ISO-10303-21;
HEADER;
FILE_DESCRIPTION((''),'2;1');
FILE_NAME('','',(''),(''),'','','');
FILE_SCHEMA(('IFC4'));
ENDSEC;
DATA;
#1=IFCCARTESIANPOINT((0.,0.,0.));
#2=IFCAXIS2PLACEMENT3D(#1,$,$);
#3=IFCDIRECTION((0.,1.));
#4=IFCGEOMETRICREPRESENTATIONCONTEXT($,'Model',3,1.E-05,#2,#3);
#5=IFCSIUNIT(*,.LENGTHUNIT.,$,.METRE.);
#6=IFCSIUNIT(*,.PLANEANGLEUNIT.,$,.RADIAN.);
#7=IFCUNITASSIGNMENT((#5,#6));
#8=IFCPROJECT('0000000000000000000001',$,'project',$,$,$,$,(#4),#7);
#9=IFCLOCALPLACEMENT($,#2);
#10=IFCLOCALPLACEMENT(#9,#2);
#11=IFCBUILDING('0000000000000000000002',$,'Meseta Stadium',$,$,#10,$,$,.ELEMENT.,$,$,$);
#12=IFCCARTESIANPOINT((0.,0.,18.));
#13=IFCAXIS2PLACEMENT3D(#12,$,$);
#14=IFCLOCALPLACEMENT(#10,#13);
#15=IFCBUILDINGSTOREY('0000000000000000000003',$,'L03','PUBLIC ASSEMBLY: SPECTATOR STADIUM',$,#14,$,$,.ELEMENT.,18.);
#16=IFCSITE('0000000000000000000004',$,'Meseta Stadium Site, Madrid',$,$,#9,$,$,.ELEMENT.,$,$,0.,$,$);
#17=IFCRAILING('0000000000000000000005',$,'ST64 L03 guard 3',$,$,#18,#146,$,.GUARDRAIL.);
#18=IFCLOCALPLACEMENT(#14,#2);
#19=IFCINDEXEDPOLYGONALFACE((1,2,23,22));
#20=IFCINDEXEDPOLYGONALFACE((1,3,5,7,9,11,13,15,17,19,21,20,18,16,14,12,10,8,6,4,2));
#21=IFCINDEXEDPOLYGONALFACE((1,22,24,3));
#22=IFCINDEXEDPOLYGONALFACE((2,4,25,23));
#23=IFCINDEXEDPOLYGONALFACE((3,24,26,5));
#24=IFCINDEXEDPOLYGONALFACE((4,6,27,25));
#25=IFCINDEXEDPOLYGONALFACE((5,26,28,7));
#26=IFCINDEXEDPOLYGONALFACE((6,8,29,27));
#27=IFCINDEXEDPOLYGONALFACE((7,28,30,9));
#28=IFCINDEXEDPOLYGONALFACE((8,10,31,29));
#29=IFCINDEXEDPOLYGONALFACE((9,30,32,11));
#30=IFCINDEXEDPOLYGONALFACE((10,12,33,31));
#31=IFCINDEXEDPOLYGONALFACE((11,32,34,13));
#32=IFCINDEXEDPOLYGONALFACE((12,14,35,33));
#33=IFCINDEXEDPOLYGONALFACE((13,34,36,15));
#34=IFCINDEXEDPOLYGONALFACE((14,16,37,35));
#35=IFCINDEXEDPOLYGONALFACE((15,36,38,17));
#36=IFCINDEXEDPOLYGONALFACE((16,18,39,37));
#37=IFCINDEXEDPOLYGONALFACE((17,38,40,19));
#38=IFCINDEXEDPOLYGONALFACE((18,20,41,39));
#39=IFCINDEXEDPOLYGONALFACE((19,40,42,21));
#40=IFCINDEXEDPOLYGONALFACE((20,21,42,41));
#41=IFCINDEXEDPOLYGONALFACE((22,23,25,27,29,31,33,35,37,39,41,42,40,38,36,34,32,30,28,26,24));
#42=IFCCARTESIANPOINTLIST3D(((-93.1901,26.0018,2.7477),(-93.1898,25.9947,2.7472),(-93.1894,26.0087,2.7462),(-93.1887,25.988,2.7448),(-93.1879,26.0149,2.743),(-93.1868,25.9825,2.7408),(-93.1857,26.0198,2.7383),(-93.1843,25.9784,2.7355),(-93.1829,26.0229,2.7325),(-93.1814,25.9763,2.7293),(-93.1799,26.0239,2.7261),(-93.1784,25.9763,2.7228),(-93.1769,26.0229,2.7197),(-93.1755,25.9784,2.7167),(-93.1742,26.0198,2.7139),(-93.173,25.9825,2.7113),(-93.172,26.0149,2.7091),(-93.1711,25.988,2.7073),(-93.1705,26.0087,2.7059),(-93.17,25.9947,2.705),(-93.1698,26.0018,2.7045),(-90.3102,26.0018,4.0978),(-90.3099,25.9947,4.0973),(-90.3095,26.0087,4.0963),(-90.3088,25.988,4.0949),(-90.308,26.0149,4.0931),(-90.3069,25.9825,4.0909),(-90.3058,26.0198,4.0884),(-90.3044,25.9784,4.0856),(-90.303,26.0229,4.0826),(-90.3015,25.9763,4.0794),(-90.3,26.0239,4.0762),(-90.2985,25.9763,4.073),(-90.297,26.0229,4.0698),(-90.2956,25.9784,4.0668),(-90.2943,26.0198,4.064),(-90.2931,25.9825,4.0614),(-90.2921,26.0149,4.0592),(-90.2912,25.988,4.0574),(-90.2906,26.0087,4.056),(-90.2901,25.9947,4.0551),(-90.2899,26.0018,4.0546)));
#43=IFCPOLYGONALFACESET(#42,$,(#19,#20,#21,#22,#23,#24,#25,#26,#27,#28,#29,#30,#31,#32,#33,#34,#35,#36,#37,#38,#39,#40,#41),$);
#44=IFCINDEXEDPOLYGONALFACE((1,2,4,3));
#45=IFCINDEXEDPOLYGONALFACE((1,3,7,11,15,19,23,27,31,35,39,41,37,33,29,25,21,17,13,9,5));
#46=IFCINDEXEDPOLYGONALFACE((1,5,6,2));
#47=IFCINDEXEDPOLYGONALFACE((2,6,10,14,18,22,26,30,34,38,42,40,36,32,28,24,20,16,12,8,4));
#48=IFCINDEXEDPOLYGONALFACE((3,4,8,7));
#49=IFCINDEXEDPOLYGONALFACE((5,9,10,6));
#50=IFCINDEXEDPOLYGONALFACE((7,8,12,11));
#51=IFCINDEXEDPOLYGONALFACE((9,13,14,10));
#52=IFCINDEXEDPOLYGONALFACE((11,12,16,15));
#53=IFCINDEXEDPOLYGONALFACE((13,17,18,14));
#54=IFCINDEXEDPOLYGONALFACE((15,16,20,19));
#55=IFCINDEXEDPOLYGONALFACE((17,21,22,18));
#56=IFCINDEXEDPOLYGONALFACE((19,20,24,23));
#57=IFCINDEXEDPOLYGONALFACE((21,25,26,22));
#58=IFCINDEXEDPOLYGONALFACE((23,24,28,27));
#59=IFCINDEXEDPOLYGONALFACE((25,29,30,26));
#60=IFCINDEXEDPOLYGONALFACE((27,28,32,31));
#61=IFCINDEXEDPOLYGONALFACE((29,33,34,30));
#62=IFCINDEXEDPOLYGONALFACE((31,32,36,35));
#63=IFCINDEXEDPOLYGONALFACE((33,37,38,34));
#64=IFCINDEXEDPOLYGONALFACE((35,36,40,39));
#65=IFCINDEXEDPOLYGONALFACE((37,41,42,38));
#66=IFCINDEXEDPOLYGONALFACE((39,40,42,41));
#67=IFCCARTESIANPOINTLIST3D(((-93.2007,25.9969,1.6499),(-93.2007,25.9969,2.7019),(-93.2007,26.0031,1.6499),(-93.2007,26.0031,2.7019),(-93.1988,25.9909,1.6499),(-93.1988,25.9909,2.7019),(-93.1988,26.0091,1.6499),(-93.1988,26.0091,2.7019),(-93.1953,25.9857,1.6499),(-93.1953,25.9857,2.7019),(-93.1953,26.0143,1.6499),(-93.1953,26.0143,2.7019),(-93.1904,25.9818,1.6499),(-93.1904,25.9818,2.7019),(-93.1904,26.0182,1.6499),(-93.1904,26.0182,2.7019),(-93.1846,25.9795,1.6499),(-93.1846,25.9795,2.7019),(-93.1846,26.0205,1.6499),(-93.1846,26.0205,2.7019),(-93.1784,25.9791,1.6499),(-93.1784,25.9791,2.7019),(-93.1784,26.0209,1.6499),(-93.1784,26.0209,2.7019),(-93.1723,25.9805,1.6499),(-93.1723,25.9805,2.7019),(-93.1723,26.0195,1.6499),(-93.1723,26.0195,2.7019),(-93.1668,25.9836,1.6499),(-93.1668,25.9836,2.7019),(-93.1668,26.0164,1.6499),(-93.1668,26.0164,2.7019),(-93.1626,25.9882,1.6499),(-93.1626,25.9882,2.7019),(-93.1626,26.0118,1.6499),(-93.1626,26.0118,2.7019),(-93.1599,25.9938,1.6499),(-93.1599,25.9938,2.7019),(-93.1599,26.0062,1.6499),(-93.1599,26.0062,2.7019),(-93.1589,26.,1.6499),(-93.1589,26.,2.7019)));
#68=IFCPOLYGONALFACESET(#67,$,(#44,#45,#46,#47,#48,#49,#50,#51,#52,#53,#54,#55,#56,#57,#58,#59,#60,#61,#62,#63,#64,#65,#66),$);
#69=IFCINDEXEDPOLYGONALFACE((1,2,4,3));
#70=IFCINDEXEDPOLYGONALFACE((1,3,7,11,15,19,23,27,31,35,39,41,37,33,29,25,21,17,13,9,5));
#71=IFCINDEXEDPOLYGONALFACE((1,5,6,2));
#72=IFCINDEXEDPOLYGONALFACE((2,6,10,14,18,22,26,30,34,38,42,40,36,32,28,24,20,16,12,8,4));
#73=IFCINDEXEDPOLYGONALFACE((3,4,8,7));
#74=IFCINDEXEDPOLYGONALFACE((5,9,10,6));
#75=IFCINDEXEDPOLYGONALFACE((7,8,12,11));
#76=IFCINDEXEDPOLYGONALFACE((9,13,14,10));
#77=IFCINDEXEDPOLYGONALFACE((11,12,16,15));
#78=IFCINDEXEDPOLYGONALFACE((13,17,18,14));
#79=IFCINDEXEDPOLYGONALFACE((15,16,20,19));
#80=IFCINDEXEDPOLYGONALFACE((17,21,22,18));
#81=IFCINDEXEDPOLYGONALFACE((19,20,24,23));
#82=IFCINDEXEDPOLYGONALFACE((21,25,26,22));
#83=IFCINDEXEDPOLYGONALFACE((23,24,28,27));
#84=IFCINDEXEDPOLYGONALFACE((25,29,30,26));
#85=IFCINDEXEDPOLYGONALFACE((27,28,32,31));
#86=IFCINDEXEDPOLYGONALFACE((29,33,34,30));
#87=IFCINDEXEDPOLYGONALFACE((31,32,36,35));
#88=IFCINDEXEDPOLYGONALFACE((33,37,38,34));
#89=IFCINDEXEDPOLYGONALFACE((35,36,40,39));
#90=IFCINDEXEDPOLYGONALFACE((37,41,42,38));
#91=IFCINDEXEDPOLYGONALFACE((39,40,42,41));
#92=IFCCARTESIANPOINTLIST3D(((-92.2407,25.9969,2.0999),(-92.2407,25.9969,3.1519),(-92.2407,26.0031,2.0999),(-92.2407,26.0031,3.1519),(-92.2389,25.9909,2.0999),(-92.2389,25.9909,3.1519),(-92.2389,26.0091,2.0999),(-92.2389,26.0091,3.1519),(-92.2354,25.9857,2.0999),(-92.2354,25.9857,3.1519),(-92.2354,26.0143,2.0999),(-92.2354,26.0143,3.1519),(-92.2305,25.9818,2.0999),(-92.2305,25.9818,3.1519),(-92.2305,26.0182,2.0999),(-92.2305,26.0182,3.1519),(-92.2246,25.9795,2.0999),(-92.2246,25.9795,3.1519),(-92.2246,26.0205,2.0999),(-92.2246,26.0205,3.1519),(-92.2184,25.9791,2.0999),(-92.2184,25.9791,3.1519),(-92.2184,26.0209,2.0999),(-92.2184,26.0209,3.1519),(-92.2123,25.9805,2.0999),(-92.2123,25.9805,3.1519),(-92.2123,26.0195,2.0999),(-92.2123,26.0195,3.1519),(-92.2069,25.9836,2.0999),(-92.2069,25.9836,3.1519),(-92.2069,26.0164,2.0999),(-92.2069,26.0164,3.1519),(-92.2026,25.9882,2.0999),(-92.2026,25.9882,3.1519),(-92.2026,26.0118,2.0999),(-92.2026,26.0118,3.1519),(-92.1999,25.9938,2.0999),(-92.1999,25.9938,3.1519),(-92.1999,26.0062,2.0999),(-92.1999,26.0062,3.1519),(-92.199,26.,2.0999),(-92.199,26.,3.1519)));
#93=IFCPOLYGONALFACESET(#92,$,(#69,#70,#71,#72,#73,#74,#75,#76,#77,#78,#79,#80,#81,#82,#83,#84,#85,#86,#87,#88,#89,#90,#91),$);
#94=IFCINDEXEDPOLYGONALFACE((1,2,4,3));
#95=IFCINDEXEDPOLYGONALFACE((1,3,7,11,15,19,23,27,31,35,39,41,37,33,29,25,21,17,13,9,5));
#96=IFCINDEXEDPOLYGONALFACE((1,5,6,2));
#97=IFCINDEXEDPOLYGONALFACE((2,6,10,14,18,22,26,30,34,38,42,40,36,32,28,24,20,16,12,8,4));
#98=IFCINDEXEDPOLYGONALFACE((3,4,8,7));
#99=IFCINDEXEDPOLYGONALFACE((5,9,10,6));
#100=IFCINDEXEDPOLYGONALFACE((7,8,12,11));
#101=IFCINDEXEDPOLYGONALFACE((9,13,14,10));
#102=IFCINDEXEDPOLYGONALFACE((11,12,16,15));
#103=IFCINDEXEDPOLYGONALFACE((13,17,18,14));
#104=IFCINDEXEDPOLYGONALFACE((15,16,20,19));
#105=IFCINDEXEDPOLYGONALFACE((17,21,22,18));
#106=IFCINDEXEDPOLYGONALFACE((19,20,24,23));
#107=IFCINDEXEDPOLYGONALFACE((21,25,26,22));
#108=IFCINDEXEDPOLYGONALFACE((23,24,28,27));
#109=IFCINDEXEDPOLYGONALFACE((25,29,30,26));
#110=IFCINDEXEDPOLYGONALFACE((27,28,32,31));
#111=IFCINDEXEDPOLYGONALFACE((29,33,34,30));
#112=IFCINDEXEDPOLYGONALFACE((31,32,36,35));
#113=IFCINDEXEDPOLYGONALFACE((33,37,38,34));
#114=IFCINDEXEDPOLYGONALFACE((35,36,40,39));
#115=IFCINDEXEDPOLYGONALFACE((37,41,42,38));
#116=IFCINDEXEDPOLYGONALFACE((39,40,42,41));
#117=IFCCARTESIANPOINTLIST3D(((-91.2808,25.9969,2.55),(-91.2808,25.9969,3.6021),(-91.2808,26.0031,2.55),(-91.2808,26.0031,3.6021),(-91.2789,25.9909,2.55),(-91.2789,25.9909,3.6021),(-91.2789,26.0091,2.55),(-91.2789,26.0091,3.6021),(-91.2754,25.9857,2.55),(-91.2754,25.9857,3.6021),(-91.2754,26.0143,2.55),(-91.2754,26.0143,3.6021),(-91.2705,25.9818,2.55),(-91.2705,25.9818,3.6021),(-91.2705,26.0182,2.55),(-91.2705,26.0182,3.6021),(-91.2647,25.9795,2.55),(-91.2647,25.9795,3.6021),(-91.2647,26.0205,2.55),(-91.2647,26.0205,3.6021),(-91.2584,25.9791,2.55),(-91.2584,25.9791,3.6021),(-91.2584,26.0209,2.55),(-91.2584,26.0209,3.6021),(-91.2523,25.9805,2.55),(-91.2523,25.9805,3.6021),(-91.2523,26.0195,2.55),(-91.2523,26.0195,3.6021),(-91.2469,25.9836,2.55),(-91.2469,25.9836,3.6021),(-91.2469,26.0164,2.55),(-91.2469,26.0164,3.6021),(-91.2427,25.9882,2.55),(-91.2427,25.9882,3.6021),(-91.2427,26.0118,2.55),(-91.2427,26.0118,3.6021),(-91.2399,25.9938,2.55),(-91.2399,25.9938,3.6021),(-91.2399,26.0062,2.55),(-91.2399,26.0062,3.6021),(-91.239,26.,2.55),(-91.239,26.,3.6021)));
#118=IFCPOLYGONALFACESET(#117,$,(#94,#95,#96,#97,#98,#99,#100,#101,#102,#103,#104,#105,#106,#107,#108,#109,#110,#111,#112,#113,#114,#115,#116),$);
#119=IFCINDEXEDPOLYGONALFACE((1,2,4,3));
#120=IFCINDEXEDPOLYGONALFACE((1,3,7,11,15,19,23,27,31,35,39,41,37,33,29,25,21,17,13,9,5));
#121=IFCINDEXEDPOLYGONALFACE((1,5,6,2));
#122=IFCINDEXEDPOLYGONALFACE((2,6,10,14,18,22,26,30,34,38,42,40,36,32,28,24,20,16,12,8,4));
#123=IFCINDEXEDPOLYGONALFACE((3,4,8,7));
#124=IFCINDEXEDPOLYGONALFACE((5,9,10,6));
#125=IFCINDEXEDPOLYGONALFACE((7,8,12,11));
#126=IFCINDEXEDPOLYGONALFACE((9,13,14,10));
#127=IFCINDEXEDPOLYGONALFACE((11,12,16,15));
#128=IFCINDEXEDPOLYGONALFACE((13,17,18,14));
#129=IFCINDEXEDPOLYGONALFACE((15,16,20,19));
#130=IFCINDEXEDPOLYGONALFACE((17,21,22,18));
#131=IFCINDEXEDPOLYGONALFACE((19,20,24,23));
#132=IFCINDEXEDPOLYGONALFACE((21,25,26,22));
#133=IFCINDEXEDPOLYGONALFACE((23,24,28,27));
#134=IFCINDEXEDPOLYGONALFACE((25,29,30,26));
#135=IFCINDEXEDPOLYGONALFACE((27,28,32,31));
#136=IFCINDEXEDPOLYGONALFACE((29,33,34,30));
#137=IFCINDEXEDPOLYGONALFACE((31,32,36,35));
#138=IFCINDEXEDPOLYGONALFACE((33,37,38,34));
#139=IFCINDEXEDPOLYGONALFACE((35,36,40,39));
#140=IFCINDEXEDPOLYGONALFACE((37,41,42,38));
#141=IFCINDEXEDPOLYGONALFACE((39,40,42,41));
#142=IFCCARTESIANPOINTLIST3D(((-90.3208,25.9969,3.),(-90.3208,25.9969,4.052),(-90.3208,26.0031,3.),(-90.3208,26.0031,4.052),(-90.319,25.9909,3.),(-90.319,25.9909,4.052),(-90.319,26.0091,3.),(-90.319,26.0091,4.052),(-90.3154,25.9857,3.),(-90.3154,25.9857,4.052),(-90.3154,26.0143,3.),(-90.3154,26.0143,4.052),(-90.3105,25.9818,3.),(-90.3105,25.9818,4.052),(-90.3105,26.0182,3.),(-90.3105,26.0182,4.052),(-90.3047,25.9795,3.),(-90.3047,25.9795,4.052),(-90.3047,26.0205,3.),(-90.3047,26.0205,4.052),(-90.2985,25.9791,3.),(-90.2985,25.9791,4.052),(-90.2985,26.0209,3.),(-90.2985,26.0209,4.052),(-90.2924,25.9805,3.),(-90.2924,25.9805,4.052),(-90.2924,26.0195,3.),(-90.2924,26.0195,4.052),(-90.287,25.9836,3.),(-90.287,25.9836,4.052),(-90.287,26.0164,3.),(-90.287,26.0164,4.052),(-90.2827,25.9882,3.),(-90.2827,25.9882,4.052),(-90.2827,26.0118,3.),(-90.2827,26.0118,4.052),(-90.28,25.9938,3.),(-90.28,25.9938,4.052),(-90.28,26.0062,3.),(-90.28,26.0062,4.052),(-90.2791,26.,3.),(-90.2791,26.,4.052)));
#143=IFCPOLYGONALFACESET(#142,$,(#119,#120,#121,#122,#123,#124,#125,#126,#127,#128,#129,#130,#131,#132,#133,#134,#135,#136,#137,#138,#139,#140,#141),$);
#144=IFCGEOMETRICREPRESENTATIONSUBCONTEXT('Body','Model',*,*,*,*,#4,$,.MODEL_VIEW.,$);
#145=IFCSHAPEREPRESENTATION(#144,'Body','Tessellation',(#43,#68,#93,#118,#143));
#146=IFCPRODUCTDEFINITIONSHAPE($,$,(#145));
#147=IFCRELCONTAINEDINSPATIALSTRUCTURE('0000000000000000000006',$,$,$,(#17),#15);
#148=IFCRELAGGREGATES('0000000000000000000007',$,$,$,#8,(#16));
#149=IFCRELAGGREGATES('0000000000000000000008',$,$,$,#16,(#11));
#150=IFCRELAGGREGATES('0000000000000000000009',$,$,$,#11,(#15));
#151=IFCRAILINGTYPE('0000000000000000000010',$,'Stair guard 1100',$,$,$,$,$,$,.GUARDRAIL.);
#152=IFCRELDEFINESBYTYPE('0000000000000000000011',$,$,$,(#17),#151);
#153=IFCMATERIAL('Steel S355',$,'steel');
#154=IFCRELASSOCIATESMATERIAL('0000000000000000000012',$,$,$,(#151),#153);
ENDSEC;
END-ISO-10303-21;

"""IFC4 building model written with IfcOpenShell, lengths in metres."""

from ifc_helpers import new_model, si_unit, direction, frame, origin, origin_2d, place, context, subcontext, project, spatial, circle, extrude, material, type_object, element, save


model = new_model("IFC4")

# Units and contexts
model_context = context("Model", 3, precision=1e-05, world=origin(), true_north=direction((0.0, 1.0)))
body_context = subcontext(model_context, "Body", "Model", "MODEL_VIEW")
ifc_project = project(units=[si_unit("LENGTHUNIT", "METRE"), si_unit("PLANEANGLEUNIT", "RADIAN")], contexts=[model_context])

# Site, building, storey
site_placement = place(None, origin())
site = spatial("IfcSite", under=ifc_project, at=site_placement, Name="Meseta Stadium Site, Madrid", CompositionType="ELEMENT", RefElevation=0.0)
building_placement = place(site_placement, origin())
building = spatial("IfcBuilding", under=site, at=building_placement, Name="Meseta Stadium", CompositionType="ELEMENT")
storey_placement = place(building_placement, frame((0.0, 0.0, 18.0)))
storey = spatial("IfcBuildingStorey", under=building, at=storey_placement, Name="L03", Description="PUBLIC ASSEMBLY: SPECTATOR STADIUM", CompositionType="ELEMENT", Elevation=18.0)

# Railing
ifc_material_1 = material(Name="Steel S355", Category="steel")
railing_type_1 = type_object("IfcRailingType", Name="Stair guard 1100", PredefinedType="GUARDRAIL", material=ifc_material_1)
railing_1_placement = place(storey_placement, frame((-93.1799, 26.0, 1.6499)))
element("IfcRailing", 1, at=railing_1_placement, inside=storey, type_object=railing_type_1, Name="ST64 L03 guard 3", PredefinedType="GUARDRAIL", context=body_context, shape_type="SweptSolid", body=[
    extrude(circle(Radius=0.0239, at=origin_2d()), frame((0.0, 0.0, 1.0762), z_axis=(0.90544, 0.0, 0.424473), x_axis=(0.0, 1.0, 0.0)), (0.0, 0.0, 1.0), 3.1807),
    extrude(circle(Radius=0.021, at=origin_2d()), origin(), (0.0, 0.0, 1.0), 1.052),
    extrude(circle(Radius=0.021, at=origin_2d()), frame((0.96, 0.0, 0.45)), (0.0, 0.0, 1.0), 1.052),
    extrude(circle(Radius=0.021, at=origin_2d()), frame((1.9199, 0.0, 0.9001)), (0.0, 0.0, 1.0), 1.052),
    extrude(circle(Radius=0.021, at=origin_2d()), frame((2.8799, 0.0, 1.3501)), (0.0, 0.0, 1.0), 1.052),
])

save(model, "model.ifc")
